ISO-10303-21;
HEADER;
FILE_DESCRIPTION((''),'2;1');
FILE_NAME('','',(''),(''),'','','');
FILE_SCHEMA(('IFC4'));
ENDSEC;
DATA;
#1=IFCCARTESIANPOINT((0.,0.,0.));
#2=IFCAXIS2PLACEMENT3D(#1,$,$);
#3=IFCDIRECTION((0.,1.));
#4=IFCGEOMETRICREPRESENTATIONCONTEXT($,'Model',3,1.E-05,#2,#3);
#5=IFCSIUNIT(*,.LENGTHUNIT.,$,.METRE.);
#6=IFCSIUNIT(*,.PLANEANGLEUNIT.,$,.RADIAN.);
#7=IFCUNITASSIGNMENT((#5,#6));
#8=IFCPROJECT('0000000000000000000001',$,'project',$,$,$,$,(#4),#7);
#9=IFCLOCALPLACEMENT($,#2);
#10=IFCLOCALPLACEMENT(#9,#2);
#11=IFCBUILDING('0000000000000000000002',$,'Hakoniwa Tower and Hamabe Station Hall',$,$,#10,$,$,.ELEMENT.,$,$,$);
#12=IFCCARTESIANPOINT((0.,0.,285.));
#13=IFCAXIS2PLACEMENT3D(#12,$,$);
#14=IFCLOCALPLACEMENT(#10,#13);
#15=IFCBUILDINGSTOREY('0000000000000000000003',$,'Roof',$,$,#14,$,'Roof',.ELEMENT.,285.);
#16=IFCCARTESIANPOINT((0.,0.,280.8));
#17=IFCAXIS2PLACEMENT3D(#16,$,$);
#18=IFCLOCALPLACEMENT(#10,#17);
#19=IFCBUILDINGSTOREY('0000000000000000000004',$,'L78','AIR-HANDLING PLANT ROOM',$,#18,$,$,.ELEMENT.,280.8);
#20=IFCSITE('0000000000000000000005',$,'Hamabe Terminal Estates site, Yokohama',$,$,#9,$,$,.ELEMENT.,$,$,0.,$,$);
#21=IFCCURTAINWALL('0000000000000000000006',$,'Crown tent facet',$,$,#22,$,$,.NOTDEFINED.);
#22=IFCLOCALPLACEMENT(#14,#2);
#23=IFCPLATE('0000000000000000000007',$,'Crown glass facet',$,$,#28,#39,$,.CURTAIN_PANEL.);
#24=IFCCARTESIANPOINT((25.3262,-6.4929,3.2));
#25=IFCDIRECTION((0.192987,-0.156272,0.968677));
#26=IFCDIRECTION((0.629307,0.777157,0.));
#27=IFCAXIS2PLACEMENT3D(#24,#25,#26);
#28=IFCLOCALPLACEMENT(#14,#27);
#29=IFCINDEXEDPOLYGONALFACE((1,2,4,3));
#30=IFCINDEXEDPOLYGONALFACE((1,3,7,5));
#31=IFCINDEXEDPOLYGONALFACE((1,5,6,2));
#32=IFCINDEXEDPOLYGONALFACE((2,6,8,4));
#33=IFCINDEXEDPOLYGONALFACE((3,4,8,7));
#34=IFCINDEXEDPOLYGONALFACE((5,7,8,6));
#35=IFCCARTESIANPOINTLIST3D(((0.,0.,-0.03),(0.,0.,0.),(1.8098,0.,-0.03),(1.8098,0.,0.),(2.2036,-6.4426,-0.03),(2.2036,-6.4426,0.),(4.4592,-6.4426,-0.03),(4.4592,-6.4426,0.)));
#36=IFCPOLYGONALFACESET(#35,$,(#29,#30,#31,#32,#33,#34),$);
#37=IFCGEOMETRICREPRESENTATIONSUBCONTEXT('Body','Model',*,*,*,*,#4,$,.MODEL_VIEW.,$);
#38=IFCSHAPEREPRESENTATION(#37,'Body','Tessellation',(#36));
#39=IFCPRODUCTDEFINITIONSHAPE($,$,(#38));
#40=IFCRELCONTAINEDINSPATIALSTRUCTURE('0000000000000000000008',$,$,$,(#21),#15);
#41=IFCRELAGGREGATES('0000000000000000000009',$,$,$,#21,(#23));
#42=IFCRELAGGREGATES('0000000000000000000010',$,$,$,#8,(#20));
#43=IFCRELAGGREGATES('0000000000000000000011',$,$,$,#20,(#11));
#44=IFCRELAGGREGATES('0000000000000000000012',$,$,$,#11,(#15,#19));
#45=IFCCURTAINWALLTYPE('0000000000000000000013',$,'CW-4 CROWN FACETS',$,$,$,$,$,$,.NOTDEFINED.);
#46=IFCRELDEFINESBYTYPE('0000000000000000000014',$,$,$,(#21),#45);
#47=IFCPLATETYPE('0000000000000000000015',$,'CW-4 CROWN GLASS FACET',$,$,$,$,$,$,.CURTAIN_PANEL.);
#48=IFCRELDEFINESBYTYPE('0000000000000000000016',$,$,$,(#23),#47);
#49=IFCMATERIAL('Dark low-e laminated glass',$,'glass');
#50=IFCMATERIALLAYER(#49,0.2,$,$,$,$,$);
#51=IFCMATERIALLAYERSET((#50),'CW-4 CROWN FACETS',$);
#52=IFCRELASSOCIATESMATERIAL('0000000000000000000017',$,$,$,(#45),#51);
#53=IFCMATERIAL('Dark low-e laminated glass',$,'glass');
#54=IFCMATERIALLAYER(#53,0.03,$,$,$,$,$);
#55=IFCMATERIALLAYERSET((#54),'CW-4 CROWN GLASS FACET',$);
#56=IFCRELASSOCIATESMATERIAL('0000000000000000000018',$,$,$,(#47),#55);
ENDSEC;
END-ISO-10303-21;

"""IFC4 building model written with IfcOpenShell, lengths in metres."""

from ifc_helpers import new_model, si_unit, direction, frame, origin, place, context, subcontext, project, spatial, polyline, outline, extrude, material, layer, layer_set, type_object, element, aggregate, save


model = new_model("IFC4")

# Units and contexts
model_context = context("Model", 3, precision=1e-05, world=origin(), true_north=direction((0.0, 1.0)))
body_context = subcontext(model_context, "Body", "Model", "MODEL_VIEW")
ifc_project = project(units=[si_unit("LENGTHUNIT", "METRE"), si_unit("PLANEANGLEUNIT", "RADIAN")], contexts=[model_context])

# Site, building, storey
site_placement = place(None, origin())
site = spatial("IfcSite", under=ifc_project, at=site_placement, Name="Hamabe Terminal Estates site, Yokohama", CompositionType="ELEMENT", RefElevation=0.0)
building_placement = place(site_placement, origin())
building = spatial("IfcBuilding", under=site, at=building_placement, Name="Hakoniwa Tower and Hamabe Station Hall", CompositionType="ELEMENT")
storey_1_placement = place(building_placement, frame((0.0, 0.0, 285.0)))
storey_1 = spatial("IfcBuildingStorey", under=building, at=storey_1_placement, Name="Roof", LongName="Roof", CompositionType="ELEMENT", Elevation=285.0)

# Shared definitions
ifc_material_1 = material(Name="Dark low-e laminated glass", Category="glass")
ifc_layer_1 = layer(ifc_material_1, 0.2)
ifc_layer_set_1 = layer_set([ifc_layer_1], Name="CW-4 CROWN FACETS")
curtain_wall_type = type_object("IfcCurtainWallType", Name="CW-4 CROWN FACETS", PredefinedType="NOTDEFINED", material=ifc_layer_set_1)

# Shared definitions
ifc_material_2 = material(Name="Dark low-e laminated glass", Category="glass")
ifc_layer_2 = layer(ifc_material_2, 0.03)
ifc_layer_set_2 = layer_set([ifc_layer_2], Name="CW-4 CROWN GLASS FACET")
plate_type = type_object("IfcPlateType", Name="CW-4 CROWN GLASS FACET", PredefinedType="CURTAIN_PANEL", material=ifc_layer_set_2)

# Curtain wall, plate
curtain_wall_1_placement = place(storey_1_placement, origin())
curtain_wall_1 = element("IfcCurtainWall", 1, at=curtain_wall_1_placement, inside=storey_1, type_object=curtain_wall_type, Name="Crown tent facet", PredefinedType="NOTDEFINED")
plate_1_placement = place(storey_1_placement, frame((25.3262, -6.4929, 3.2), z_axis=(0.192987, -0.156272, 0.968677), x_axis=(0.629307, 0.777157, 0.0)))
plate_1 = element("IfcPlate", 2, at=plate_1_placement, type_object=plate_type, Name="Crown glass facet", PredefinedType="CURTAIN_PANEL", context=body_context, shape_type="SweptSolid", body=[
    extrude(outline(polyline([(0.0, 0.0), (1.8098, 0.0), (4.4592, -6.4426), (2.2036, -6.4426), (0.0, 0.0)])), origin(), (0.0, 0.0, -1.0), 0.03),
])
aggregate(curtain_wall_1, [plate_1])

# Shared definitions
storey_2_placement = place(building_placement, frame((0.0, 0.0, 280.8)))
storey_2 = spatial("IfcBuildingStorey", under=building, at=storey_2_placement, Name="L78", Description="AIR-HANDLING PLANT ROOM", CompositionType="ELEMENT", Elevation=280.8)

save(model, "model.ifc")
